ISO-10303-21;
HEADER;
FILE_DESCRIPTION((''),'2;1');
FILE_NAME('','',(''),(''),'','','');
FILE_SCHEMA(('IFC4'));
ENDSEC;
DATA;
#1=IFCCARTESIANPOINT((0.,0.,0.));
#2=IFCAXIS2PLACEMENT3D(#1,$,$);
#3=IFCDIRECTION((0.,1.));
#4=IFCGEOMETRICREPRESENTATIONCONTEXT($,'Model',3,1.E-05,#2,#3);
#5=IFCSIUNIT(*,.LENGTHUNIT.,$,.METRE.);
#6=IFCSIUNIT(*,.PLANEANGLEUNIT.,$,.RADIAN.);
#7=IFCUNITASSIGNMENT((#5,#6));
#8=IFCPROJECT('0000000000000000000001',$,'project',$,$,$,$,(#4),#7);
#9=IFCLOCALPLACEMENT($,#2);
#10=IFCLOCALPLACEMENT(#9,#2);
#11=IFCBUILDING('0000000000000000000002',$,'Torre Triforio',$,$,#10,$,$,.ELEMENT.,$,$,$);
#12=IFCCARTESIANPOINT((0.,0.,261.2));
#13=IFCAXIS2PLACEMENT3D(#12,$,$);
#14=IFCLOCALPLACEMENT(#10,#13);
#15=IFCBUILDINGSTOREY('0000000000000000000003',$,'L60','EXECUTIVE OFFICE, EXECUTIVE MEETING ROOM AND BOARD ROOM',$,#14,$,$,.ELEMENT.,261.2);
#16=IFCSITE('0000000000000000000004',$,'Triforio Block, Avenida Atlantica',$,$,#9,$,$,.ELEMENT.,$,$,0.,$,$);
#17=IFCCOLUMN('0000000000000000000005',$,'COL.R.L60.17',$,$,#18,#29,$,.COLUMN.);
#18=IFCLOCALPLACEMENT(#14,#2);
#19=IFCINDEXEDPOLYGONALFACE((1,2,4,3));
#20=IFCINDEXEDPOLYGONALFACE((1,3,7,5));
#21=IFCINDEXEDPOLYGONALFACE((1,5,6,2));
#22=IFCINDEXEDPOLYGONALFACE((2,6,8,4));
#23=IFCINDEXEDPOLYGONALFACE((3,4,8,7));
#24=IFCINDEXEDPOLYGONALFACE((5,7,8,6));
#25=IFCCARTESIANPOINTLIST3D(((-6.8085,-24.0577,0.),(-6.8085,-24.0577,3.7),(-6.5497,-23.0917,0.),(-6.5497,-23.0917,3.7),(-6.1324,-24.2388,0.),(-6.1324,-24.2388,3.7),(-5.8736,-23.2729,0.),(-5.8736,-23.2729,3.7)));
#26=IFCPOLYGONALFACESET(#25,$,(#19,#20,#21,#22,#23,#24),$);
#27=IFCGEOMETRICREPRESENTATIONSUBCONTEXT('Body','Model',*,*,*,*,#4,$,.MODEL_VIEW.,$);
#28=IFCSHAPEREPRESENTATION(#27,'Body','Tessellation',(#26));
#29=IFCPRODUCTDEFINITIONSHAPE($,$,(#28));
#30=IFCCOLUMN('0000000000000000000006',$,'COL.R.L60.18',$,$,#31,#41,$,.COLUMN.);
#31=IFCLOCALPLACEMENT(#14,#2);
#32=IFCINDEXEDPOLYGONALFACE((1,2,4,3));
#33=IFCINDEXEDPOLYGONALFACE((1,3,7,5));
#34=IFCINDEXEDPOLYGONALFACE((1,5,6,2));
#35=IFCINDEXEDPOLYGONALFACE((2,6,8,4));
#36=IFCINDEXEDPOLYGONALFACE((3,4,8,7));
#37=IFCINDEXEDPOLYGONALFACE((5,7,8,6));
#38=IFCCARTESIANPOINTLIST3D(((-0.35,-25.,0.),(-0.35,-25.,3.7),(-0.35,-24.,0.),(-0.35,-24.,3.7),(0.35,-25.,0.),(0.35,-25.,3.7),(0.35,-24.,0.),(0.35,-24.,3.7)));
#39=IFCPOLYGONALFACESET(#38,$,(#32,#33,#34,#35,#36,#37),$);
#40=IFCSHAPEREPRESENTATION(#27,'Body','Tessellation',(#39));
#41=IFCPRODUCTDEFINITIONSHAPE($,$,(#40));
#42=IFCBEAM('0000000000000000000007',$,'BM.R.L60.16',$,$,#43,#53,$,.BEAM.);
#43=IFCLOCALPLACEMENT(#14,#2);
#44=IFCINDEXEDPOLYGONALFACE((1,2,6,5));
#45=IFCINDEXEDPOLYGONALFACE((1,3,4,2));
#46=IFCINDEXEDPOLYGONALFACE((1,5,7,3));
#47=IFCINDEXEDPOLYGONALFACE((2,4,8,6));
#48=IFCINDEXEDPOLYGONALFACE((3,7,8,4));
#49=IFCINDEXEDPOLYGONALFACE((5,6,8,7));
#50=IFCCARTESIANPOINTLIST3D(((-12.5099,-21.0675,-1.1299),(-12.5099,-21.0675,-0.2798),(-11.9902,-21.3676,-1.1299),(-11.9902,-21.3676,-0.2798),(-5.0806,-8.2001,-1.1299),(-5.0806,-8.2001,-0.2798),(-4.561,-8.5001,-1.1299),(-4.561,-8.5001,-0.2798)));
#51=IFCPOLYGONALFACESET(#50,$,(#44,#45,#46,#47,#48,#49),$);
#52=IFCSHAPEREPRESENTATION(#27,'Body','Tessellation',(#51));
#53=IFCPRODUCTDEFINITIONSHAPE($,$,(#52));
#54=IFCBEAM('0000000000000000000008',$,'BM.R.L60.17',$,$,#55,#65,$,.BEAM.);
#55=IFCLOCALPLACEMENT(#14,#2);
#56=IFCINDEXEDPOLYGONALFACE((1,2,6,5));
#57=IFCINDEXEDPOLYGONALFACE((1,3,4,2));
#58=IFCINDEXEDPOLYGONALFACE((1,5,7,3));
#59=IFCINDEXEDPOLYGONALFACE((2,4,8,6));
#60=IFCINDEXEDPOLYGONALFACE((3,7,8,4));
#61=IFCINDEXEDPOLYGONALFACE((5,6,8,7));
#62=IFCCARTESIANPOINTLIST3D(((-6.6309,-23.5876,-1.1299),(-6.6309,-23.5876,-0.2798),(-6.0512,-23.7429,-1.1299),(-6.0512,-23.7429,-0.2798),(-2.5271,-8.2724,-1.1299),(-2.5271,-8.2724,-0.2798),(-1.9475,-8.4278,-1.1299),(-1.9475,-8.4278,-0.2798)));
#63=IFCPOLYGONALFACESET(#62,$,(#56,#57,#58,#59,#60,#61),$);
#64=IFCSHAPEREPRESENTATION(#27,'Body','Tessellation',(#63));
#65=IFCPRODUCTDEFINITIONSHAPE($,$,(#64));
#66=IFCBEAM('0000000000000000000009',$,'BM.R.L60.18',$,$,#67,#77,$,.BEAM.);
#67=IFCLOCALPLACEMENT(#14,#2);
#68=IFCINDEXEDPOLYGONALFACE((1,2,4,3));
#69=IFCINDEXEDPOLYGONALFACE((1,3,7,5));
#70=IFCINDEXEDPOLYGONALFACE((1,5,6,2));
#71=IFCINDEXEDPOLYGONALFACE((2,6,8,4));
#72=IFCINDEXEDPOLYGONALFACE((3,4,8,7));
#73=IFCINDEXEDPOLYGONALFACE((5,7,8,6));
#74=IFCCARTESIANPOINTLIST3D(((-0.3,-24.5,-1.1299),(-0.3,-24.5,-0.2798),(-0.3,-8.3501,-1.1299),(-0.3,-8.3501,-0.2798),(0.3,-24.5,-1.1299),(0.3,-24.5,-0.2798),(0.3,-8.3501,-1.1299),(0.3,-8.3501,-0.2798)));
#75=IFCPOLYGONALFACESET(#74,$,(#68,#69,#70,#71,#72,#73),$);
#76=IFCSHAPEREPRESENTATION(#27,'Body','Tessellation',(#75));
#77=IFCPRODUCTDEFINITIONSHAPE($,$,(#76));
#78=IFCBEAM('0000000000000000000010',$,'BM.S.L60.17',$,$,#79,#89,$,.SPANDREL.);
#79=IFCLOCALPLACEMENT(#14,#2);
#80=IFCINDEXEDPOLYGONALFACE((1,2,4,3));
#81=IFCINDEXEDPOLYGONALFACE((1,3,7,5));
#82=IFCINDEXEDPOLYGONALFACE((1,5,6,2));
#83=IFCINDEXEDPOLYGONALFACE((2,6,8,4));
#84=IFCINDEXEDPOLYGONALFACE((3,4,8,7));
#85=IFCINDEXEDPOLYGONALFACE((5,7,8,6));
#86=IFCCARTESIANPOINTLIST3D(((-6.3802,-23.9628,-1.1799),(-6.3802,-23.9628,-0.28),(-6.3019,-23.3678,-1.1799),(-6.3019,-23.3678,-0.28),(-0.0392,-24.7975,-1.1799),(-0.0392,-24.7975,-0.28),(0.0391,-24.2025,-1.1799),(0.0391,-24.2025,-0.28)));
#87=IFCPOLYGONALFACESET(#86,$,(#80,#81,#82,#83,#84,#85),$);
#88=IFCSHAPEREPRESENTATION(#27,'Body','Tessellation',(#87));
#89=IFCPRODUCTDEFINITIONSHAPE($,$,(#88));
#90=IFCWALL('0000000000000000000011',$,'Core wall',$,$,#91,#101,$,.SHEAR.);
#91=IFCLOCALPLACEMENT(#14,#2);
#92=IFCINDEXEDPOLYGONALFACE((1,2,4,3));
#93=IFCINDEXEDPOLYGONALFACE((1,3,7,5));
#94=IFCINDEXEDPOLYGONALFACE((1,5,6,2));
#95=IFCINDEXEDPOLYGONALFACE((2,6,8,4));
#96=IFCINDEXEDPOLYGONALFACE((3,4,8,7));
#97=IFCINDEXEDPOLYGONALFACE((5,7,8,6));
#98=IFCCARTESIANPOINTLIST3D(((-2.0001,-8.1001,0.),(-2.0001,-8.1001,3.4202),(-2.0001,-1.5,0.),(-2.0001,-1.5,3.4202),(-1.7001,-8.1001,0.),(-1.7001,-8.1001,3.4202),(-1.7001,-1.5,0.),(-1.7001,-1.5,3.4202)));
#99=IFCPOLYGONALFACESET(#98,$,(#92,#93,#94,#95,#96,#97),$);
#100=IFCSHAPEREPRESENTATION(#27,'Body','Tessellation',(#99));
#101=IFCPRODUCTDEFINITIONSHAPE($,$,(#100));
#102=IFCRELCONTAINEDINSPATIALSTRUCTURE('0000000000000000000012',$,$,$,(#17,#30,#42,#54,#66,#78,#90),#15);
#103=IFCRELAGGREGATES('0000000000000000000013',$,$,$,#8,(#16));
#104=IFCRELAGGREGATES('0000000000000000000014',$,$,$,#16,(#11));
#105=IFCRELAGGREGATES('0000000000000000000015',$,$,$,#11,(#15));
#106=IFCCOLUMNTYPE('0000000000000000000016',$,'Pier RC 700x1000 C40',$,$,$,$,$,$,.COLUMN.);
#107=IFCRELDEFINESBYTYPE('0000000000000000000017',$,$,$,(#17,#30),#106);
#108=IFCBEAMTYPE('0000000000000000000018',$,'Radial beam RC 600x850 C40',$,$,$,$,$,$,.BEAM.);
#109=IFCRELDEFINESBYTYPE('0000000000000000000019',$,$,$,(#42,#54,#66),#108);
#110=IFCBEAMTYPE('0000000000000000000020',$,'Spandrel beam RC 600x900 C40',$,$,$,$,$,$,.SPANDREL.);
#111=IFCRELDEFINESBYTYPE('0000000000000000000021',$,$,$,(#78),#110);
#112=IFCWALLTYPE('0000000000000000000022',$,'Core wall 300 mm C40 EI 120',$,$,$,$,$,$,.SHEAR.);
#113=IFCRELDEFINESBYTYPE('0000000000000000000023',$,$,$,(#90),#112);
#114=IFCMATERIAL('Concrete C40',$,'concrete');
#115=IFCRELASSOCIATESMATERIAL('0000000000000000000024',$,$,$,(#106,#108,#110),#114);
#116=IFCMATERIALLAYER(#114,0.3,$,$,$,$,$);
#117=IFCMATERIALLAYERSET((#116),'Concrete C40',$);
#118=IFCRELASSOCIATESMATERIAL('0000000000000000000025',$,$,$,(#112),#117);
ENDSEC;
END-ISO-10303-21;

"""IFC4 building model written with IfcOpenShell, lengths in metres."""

from ifc_helpers import new_model, si_unit, direction, frame, frame_2d, origin, origin_2d, place, context, subcontext, project, spatial, rectangle, extrude, material, layer, layer_set, material_profile, profile_set, type_object, element, save


model = new_model("IFC4")

# Units and contexts
model_context = context("Model", 3, precision=1e-05, world=origin(), true_north=direction((0.0, 1.0)))
body_context = subcontext(model_context, "Body", "Model", "MODEL_VIEW")
ifc_project = project(units=[si_unit("LENGTHUNIT", "METRE"), si_unit("PLANEANGLEUNIT", "RADIAN")], contexts=[model_context])

# Site, building, storey
site_placement = place(None, origin())
site = spatial("IfcSite", under=ifc_project, at=site_placement, Name="Triforio Block, Avenida Atlantica", CompositionType="ELEMENT", RefElevation=0.0)
building_placement = place(site_placement, origin())
building = spatial("IfcBuilding", under=site, at=building_placement, Name="Torre Triforio", CompositionType="ELEMENT")
storey_placement = place(building_placement, frame((0.0, 0.0, 261.2)))
storey = spatial("IfcBuildingStorey", under=building, at=storey_placement, Name="L60", Description="EXECUTIVE OFFICE, EXECUTIVE MEETING ROOM AND BOARD ROOM", CompositionType="ELEMENT", Elevation=261.2)

# Columns
ifc_material_1 = material(Name="Concrete C40", Category="concrete")
ifc_material_profile_1 = material_profile(ifc_material_1, rectangle(XDim=0.7, YDim=1.0, at=origin_2d()), Name="RC 700x1000")
ifc_profile_set_1 = profile_set([ifc_material_profile_1], Name="Concrete C40")
column_type = type_object("IfcColumnType", Name="Pier RC 700x1000 C40", PredefinedType="COLUMN", material=ifc_profile_set_1)
for number, where, z_axis, x_axis, name in (
    (1, (-6.3411, -23.6653, 0.0), (0.0, 0.0, 1.0), (0.965926, -0.258819, 0.0), "COL.R.L60.17"),
    (2, (0.0, -24.5, 0.0), (0.0, 0.0, 1.0), (1.0, 0.0, 0.0), "COL.R.L60.18"),
):
    element("IfcColumn", number, at=place(storey_placement, frame(where, z_axis=z_axis, x_axis=x_axis)), inside=storey, type_object=column_type, Name=name, PredefinedType="COLUMN", context=body_context, shape_type="SweptSolid", body=[
        extrude(rectangle(XDim=0.7, YDim=1.0, at=origin_2d()), origin(), (0.0, 0.0, 1.0), 3.7),
    ])

# Beams
ifc_material_profile_2 = material_profile(ifc_material_1, rectangle(XDim=0.6001, YDim=0.8501, at=origin_2d()), Name="RC 600x850")
ifc_profile_set_2 = profile_set([ifc_material_profile_2], Name="Concrete C40")
beam_type_1 = type_object("IfcBeamType", Name="Radial beam RC 600x850 C40", PredefinedType="BEAM", material=ifc_profile_set_2)
beam_1_placement = place(storey_placement, frame((-4.8208, -8.3501, -0.7048), z_axis=(-0.500009, -0.86602, 0.0), x_axis=(0.86602, -0.500009, 0.0)))
element("IfcBeam", 3, at=beam_1_placement, inside=storey, type_object=beam_type_1, Name="BM.R.L60.16", PredefinedType="BEAM", context=body_context, shape_type="SweptSolid", body=[
    extrude(rectangle(XDim=0.6001, YDim=0.8501, at=origin_2d()), origin(), (0.0, 0.0, 1.0), 14.8582),
])
beam_2_placement = place(storey_placement, frame((-2.2373, -8.3501, -0.7048), z_axis=(-0.258823, -0.965925, 0.0), x_axis=(0.965925, -0.258823, 0.0)))
element("IfcBeam", 4, at=beam_2_placement, inside=storey, type_object=beam_type_1, Name="BM.R.L60.17", PredefinedType="BEAM", context=body_context, shape_type="SweptSolid", body=[
    extrude(rectangle(XDim=0.6001, YDim=0.8501, at=origin_2d()), origin(), (0.0, 0.0, 1.0), 15.8555),
])
beam_3_placement = place(storey_placement, frame((0.0, -8.3501, -0.7048), z_axis=(0.0, -1.0, 0.0), x_axis=(1.0, 0.0, 0.0)))
element("IfcBeam", 5, at=beam_3_placement, inside=storey, type_object=beam_type_1, Name="BM.R.L60.18", PredefinedType="BEAM", context=body_context, shape_type="SweptSolid", body=[
    extrude(rectangle(XDim=0.6001, YDim=0.8501, at=origin_2d()), origin(), (0.0, 0.0, 1.0), 16.1499),
])
ifc_material_profile_3 = material_profile(ifc_material_1, rectangle(XDim=0.6001, YDim=0.8999, at=origin_2d()), Name="RC 600x900")
ifc_profile_set_3 = profile_set([ifc_material_profile_3], Name="Concrete C40")
beam_type_2 = type_object("IfcBeamType", Name="Spandrel beam RC 600x900 C40", PredefinedType="SPANDREL", material=ifc_profile_set_3)
beam_4_placement = place(storey_placement, frame((-6.3411, -23.6653, -0.73), z_axis=(0.991447, -0.130511, 0.0), x_axis=(0.130511, 0.991447, 0.0)))
element("IfcBeam", 6, at=beam_4_placement, inside=storey, type_object=beam_type_2, Name="BM.S.L60.17", PredefinedType="SPANDREL", context=body_context, shape_type="SweptSolid", body=[
    extrude(rectangle(XDim=0.6001, YDim=0.8999, at=origin_2d()), origin(), (0.0, 0.0, 1.0), 6.3958),
])

# Wall
ifc_layer_1 = layer(ifc_material_1, 0.3)
ifc_layer_set_1 = layer_set([ifc_layer_1], Name="Concrete C40")
wall_type_1 = type_object("IfcWallType", Name="Core wall 300 mm C40 EI 120", PredefinedType="SHEAR", material=ifc_layer_set_1)
wall_1_placement = place(storey_placement, frame((-1.8501, -8.1001, 0.0), z_axis=(0.0, 0.0, 1.0), x_axis=(0.0, 1.0, 0.0)))
element("IfcWall", 7, at=wall_1_placement, inside=storey, type_object=wall_type_1, Name="Core wall", PredefinedType="SHEAR", context=body_context, shape_type="SweptSolid", body=[
    extrude(rectangle(XDim=6.6001, YDim=0.3, at=frame_2d((3.3, 0.0))), origin(), (0.0, 0.0, 1.0), 3.4202),
])

save(model, "model.ifc")
